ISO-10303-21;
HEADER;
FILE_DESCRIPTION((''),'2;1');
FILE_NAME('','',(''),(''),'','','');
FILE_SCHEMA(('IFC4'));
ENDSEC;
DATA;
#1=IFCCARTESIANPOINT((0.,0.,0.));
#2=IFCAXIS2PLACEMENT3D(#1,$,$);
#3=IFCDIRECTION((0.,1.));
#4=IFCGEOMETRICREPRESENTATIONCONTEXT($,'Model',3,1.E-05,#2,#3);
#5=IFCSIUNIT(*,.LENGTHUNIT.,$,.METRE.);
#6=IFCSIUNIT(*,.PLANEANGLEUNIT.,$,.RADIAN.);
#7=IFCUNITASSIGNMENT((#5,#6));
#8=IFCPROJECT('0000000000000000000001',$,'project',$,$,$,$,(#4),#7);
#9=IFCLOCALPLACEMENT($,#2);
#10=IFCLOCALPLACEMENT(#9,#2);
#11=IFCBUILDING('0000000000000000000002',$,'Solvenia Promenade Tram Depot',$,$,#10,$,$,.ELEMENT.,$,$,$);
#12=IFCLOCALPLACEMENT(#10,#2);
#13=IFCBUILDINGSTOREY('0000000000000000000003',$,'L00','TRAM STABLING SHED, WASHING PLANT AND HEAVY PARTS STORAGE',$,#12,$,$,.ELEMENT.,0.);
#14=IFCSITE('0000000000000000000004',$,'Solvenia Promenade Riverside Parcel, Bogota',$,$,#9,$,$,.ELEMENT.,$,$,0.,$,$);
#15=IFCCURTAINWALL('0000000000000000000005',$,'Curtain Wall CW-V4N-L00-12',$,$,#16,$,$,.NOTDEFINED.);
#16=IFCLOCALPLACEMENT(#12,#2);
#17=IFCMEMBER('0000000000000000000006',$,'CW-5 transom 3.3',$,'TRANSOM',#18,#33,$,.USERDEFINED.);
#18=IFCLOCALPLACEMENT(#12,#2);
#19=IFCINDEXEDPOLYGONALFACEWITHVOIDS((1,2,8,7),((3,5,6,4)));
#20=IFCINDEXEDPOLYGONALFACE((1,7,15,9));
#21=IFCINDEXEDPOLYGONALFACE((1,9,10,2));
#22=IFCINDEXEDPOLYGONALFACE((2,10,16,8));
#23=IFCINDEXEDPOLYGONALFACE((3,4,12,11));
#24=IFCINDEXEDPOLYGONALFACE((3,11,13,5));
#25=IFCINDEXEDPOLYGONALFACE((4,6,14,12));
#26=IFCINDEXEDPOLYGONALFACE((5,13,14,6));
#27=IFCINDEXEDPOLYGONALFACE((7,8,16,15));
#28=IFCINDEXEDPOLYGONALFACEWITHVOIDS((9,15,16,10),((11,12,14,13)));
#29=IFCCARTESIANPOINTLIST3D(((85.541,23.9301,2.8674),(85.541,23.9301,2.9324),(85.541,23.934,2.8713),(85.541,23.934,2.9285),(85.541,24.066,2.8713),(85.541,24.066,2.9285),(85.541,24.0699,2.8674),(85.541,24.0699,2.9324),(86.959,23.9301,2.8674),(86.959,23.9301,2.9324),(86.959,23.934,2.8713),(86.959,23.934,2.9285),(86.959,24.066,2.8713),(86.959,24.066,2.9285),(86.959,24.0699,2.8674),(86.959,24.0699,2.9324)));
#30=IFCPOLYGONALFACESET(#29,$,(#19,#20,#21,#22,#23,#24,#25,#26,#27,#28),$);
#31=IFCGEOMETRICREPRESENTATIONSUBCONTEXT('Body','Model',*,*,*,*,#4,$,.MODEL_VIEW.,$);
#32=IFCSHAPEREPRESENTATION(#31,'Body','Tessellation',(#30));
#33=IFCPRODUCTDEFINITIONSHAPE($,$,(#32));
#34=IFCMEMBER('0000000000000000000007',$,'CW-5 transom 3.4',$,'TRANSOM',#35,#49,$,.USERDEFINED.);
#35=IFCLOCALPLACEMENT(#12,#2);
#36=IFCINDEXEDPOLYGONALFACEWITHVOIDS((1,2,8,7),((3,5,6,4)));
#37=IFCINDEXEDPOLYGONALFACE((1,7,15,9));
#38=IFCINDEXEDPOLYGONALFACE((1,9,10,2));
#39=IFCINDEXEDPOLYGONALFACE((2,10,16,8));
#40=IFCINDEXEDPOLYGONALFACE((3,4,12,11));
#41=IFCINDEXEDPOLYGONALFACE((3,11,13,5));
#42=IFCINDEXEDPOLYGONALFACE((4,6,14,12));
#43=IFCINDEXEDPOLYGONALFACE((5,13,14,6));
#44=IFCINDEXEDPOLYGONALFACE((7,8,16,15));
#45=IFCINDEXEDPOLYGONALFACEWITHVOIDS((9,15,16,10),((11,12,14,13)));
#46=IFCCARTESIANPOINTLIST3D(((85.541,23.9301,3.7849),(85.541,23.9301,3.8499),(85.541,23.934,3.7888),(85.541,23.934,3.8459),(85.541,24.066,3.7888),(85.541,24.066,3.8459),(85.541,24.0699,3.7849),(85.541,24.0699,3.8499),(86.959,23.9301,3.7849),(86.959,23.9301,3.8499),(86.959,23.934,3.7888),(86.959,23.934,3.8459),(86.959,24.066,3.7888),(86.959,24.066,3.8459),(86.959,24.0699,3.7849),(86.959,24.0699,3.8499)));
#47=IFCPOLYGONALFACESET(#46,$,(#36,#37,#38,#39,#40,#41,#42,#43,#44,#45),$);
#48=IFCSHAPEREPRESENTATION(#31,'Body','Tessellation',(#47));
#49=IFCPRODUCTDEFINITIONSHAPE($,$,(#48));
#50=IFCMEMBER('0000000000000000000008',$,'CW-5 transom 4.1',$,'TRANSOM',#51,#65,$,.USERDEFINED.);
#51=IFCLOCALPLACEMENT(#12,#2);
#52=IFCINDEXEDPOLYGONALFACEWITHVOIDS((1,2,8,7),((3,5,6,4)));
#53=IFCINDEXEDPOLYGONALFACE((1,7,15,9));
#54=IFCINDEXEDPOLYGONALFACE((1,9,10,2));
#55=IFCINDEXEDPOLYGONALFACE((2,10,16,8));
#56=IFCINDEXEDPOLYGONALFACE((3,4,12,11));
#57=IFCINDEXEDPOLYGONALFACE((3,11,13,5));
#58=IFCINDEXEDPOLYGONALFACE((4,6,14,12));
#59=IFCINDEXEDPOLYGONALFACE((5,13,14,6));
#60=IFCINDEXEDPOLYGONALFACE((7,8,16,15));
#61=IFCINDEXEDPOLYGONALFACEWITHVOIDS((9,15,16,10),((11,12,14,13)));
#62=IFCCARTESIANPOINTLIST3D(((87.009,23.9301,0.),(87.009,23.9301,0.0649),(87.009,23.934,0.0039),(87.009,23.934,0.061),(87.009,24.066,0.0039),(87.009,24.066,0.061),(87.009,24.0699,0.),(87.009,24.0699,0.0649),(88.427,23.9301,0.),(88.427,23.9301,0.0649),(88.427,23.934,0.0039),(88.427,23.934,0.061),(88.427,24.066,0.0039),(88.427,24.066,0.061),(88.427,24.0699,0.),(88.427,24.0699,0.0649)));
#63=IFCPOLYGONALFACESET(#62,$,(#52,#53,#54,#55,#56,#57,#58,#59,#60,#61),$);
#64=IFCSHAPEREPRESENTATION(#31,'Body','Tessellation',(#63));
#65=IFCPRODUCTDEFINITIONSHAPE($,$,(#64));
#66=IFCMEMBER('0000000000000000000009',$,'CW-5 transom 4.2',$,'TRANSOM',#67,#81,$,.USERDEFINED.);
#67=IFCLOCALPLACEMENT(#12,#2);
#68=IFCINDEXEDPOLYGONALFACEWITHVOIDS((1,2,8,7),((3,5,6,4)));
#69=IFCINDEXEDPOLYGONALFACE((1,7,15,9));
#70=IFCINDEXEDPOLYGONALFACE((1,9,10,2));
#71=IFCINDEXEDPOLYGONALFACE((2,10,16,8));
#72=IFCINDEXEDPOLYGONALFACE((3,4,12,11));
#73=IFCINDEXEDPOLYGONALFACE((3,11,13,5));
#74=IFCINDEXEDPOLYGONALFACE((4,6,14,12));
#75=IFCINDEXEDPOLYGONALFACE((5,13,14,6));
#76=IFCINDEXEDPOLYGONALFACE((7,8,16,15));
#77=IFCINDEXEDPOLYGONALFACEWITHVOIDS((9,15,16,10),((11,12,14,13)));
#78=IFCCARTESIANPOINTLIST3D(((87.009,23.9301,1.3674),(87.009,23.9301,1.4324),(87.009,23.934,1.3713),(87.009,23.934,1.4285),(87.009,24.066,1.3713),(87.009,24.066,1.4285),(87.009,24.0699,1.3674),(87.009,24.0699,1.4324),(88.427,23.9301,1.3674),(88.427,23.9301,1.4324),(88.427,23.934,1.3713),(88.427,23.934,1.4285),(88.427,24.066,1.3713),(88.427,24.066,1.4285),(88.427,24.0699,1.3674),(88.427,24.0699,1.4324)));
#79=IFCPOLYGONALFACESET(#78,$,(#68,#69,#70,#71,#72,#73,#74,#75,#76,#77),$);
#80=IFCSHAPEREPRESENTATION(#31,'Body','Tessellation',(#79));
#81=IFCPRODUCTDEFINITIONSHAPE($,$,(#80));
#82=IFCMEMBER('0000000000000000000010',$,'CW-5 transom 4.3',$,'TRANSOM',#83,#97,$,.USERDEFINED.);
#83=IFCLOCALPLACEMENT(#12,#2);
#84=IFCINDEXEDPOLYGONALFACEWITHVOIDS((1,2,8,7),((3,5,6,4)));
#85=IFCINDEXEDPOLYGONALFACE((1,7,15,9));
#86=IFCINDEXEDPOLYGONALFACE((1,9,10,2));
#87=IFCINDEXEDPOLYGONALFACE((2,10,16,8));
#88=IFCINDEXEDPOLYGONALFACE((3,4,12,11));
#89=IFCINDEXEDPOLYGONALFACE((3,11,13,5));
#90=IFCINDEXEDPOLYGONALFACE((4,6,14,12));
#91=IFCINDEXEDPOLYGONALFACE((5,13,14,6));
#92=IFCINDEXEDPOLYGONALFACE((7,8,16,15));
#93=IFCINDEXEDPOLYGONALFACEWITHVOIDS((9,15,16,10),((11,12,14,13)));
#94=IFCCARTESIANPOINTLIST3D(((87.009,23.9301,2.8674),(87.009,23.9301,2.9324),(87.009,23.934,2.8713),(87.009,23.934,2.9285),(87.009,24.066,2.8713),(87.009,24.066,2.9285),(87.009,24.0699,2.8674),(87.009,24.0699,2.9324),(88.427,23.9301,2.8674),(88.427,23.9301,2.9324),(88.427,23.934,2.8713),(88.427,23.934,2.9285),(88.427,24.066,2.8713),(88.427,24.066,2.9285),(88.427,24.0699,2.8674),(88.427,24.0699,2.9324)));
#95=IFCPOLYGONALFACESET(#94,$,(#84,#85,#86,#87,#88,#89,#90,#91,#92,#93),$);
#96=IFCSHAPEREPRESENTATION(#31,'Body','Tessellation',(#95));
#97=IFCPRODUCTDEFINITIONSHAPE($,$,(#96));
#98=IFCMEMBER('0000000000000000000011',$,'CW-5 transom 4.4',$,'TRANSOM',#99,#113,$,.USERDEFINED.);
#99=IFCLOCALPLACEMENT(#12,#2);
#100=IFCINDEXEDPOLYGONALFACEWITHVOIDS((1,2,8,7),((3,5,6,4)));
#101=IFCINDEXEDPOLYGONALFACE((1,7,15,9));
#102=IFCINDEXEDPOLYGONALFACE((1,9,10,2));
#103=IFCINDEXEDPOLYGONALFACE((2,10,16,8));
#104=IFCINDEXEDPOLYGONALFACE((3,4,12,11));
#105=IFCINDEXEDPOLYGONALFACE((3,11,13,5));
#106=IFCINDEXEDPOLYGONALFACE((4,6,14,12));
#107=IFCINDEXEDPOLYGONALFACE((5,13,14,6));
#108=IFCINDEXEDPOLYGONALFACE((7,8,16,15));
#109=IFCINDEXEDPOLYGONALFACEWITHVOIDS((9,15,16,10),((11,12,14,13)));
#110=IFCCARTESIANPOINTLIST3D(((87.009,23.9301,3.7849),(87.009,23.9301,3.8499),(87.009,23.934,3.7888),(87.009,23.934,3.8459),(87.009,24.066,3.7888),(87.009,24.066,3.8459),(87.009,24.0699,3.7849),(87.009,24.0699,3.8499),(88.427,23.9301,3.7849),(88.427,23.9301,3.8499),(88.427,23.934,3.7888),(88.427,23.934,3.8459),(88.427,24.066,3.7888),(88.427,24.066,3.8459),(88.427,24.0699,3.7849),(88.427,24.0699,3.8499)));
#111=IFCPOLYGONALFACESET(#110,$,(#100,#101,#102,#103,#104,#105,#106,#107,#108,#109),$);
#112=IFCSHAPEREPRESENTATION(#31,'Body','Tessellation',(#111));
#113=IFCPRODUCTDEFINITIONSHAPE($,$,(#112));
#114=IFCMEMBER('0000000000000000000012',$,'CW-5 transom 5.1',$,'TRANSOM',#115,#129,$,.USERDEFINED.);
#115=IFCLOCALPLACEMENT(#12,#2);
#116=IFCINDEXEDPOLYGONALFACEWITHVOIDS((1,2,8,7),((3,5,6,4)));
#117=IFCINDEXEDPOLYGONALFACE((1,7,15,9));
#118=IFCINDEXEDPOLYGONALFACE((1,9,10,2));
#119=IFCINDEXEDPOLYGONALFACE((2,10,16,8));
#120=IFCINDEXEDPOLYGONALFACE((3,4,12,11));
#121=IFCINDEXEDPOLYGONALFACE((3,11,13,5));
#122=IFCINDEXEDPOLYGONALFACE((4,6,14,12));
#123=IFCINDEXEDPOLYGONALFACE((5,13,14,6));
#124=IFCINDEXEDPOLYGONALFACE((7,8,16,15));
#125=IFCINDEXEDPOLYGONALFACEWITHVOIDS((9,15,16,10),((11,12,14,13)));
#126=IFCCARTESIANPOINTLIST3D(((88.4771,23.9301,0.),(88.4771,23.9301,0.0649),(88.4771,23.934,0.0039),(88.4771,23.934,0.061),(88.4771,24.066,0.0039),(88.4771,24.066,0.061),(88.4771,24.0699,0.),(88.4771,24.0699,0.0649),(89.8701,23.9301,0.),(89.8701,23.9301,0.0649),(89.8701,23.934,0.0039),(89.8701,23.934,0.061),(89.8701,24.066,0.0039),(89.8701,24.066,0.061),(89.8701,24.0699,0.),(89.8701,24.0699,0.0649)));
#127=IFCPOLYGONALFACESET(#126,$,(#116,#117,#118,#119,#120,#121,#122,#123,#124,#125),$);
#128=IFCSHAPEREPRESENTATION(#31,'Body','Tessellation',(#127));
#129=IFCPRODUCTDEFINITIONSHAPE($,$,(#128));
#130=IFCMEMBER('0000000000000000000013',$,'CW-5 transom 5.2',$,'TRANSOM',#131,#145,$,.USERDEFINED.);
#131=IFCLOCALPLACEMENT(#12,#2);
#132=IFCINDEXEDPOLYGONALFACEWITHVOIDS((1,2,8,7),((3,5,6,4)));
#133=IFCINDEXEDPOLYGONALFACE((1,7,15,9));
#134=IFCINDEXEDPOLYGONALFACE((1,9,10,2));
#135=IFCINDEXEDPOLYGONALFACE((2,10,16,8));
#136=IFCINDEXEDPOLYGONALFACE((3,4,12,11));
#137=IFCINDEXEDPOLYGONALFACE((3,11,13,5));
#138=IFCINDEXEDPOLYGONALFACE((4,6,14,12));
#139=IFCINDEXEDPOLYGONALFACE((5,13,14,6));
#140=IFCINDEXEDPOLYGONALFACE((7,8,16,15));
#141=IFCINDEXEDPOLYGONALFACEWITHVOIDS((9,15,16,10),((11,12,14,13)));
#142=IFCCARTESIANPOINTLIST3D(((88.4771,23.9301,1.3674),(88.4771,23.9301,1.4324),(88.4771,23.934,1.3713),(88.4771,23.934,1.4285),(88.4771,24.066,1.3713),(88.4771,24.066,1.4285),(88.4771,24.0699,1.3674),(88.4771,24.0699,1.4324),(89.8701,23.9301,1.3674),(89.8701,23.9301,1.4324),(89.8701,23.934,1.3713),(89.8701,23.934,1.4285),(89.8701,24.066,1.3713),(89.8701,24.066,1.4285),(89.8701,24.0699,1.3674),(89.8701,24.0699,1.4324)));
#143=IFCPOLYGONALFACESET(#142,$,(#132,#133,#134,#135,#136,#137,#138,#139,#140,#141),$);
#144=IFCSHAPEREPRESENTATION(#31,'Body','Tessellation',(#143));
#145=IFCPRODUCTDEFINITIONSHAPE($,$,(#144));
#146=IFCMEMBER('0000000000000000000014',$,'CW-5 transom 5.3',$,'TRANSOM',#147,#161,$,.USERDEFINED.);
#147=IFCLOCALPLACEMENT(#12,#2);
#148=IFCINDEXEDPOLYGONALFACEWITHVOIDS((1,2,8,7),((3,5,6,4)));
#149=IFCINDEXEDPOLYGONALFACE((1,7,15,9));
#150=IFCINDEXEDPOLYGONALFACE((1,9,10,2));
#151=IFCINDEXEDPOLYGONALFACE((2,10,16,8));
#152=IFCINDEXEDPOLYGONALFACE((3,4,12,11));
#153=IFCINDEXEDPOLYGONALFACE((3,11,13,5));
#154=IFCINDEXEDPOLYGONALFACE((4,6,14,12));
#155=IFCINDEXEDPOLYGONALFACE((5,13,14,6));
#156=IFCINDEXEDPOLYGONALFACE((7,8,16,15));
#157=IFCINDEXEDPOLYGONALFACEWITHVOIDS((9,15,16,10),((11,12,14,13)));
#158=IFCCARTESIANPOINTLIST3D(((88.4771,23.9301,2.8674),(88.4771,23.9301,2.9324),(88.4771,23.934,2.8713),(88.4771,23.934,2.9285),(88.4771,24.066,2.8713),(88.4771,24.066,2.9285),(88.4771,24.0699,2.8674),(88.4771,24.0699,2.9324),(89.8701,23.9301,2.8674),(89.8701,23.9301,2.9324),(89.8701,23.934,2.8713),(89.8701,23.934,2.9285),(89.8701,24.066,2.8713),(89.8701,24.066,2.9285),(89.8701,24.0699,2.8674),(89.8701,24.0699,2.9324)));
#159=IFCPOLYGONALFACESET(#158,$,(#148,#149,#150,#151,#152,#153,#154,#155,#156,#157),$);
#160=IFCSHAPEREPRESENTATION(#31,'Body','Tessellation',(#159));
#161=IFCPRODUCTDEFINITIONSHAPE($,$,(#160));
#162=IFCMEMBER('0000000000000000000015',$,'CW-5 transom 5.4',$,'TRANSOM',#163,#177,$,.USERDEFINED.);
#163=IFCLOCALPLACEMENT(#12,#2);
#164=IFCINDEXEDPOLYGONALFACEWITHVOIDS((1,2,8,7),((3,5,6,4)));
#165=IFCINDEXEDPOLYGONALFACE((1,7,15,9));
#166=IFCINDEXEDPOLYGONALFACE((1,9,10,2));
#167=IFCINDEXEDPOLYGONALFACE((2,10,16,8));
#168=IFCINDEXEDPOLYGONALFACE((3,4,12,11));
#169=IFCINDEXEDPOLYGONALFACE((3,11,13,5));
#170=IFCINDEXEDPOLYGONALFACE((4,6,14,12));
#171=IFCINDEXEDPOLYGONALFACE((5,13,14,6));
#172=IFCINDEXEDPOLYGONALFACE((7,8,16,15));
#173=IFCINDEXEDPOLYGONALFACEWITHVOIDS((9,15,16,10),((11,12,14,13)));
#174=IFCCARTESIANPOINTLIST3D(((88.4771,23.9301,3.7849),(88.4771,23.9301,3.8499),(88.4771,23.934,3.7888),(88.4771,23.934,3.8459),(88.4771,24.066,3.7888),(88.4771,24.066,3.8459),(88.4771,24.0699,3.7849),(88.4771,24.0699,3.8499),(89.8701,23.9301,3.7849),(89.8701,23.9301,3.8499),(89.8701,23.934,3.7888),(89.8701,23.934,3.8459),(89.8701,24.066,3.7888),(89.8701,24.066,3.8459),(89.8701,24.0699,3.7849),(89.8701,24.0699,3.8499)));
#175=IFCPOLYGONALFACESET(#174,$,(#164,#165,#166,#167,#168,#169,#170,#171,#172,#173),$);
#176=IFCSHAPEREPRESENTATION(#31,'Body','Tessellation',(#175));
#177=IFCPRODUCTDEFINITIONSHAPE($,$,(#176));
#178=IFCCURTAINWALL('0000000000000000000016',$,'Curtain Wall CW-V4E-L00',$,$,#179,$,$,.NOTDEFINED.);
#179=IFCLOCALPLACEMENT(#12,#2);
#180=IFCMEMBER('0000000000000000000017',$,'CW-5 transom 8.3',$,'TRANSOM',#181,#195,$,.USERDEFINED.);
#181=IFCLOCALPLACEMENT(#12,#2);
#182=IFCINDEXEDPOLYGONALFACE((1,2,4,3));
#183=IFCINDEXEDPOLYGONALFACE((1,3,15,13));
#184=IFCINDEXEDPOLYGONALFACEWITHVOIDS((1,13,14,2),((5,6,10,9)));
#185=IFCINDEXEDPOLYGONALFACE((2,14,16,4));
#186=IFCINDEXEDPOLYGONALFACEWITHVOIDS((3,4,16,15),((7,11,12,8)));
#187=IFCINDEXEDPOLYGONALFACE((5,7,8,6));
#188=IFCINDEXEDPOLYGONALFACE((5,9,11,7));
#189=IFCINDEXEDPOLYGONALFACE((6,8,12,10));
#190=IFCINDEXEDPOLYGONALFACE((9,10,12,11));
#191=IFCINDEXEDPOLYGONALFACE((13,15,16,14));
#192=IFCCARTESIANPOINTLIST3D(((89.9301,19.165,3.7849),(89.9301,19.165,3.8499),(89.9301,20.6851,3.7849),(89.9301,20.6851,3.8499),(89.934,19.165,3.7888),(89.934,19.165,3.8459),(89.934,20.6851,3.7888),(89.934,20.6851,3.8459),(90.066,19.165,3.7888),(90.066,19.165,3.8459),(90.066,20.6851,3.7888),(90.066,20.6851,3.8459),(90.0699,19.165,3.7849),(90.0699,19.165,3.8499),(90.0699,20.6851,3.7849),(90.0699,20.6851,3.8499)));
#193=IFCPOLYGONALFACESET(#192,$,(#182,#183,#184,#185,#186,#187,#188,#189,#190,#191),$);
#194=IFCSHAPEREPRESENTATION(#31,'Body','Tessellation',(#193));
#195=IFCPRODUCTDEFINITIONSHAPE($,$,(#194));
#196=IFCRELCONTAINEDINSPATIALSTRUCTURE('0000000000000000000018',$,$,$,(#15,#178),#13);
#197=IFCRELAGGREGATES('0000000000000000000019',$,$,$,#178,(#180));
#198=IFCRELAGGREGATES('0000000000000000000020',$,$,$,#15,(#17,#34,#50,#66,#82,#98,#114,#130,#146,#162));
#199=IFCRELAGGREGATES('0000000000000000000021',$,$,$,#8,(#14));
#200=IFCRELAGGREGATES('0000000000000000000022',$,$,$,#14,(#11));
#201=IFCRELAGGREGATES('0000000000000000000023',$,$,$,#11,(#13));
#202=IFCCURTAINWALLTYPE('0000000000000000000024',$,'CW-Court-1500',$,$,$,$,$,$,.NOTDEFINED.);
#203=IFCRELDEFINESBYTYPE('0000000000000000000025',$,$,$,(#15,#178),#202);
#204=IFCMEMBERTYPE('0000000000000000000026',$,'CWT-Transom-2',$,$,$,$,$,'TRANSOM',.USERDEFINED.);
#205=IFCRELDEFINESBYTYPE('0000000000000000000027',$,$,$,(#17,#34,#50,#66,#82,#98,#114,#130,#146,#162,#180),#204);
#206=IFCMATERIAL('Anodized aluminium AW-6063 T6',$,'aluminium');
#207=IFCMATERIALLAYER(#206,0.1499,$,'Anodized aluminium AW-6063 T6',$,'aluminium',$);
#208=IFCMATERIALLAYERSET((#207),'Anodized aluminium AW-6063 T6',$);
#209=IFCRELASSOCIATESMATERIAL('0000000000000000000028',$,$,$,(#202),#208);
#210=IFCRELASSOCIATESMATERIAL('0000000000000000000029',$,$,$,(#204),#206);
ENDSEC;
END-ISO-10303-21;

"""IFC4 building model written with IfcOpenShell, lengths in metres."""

from ifc_helpers import new_model, si_unit, direction, frame, origin, origin_2d, place, context, subcontext, project, spatial, hollow_rectangle, extrude, material, layer, layer_set, material_profile, profile_set, type_object, element, aggregate, save


model = new_model("IFC4")

# Units and contexts
model_context = context("Model", 3, precision=1e-05, world=origin(), true_north=direction((0.0, 1.0)))
body_context = subcontext(model_context, "Body", "Model", "MODEL_VIEW")
ifc_project = project(units=[si_unit("LENGTHUNIT", "METRE"), si_unit("PLANEANGLEUNIT", "RADIAN")], contexts=[model_context])

# Site, building, storey
site_placement = place(None, origin())
site = spatial("IfcSite", under=ifc_project, at=site_placement, Name="Solvenia Promenade Riverside Parcel, Bogota", CompositionType="ELEMENT", RefElevation=0.0)
building_placement = place(site_placement, origin())
building = spatial("IfcBuilding", under=site, at=building_placement, Name="Solvenia Promenade Tram Depot", CompositionType="ELEMENT")
storey_placement = place(building_placement, origin())
storey = spatial("IfcBuildingStorey", under=building, at=storey_placement, Name="L00", Description="TRAM STABLING SHED, WASHING PLANT AND HEAVY PARTS STORAGE", CompositionType="ELEMENT", Elevation=0.0)

# Curtain wall, members
ifc_material_1 = material(Name="Anodized aluminium AW-6063 T6", Category="aluminium")
ifc_layer_1 = layer(ifc_material_1, 0.1499, Name="Anodized aluminium AW-6063 T6", Category="aluminium")
ifc_layer_set_1 = layer_set([ifc_layer_1], Name="Anodized aluminium AW-6063 T6")
curtain_wall_type = type_object("IfcCurtainWallType", Name="CW-Court-1500", PredefinedType="NOTDEFINED", material=ifc_layer_set_1)
curtain_wall_1_placement = place(storey_placement, origin())
curtain_wall_1 = element("IfcCurtainWall", 1, at=curtain_wall_1_placement, inside=storey, type_object=curtain_wall_type, Name="Curtain Wall CW-V4N-L00-12", PredefinedType="NOTDEFINED")
ifc_material_profile_1 = material_profile(ifc_material_1, hollow_rectangle(XDim=0.1399, YDim=0.0649, WallThickness=0.0039, at=origin_2d()), Name="ALU-T2", Category="aluminium")
ifc_profile_set_1 = profile_set([ifc_material_profile_1], Name="Anodized aluminium AW-6063 T6")
member_type_1 = type_object("IfcMemberType", Name="CWT-Transom-2", ElementType="TRANSOM", PredefinedType="USERDEFINED", material=ifc_profile_set_1)
member_1_placement = place(storey_placement, frame((85.541, 24.0, 2.8999), z_axis=(1.0, 0.0, 0.0), x_axis=(0.0, 1.0, 0.0)))
member_1 = element("IfcMember", 2, at=member_1_placement, type_object=member_type_1, Name="CW-5 transom 3.3", ObjectType="TRANSOM", PredefinedType="USERDEFINED", context=body_context, shape_type="SweptSolid", body=[
    extrude(hollow_rectangle(XDim=0.1399, YDim=0.0649, WallThickness=0.0039, at=origin_2d()), origin(), (0.0, 0.0, 1.0), 1.418),
])
member_2_placement = place(storey_placement, frame((85.541, 24.0, 3.8174), z_axis=(1.0, 0.0, 0.0), x_axis=(0.0, 1.0, 0.0)))
member_2 = element("IfcMember", 3, at=member_2_placement, type_object=member_type_1, Name="CW-5 transom 3.4", ObjectType="TRANSOM", PredefinedType="USERDEFINED", context=body_context, shape_type="SweptSolid", body=[
    extrude(hollow_rectangle(XDim=0.1399, YDim=0.0649, WallThickness=0.0039, at=origin_2d()), origin(), (0.0, 0.0, 1.0), 1.418),
])
member_3_placement = place(storey_placement, frame((87.009, 24.0, 0.0325), z_axis=(1.0, 0.0, 0.0), x_axis=(0.0, 1.0, 0.0)))
member_3 = element("IfcMember", 4, at=member_3_placement, type_object=member_type_1, Name="CW-5 transom 4.1", ObjectType="TRANSOM", PredefinedType="USERDEFINED", context=body_context, shape_type="SweptSolid", body=[
    extrude(hollow_rectangle(XDim=0.1399, YDim=0.0649, WallThickness=0.0039, at=origin_2d()), origin(), (0.0, 0.0, 1.0), 1.418),
])
member_4_placement = place(storey_placement, frame((87.009, 24.0, 1.3999), z_axis=(1.0, 0.0, 0.0), x_axis=(0.0, 1.0, 0.0)))
member_4 = element("IfcMember", 5, at=member_4_placement, type_object=member_type_1, Name="CW-5 transom 4.2", ObjectType="TRANSOM", PredefinedType="USERDEFINED", context=body_context, shape_type="SweptSolid", body=[
    extrude(hollow_rectangle(XDim=0.1399, YDim=0.0649, WallThickness=0.0039, at=origin_2d()), origin(), (0.0, 0.0, 1.0), 1.418),
])
member_5_placement = place(storey_placement, frame((87.009, 24.0, 2.8999), z_axis=(1.0, 0.0, 0.0), x_axis=(0.0, 1.0, 0.0)))
member_5 = element("IfcMember", 6, at=member_5_placement, type_object=member_type_1, Name="CW-5 transom 4.3", ObjectType="TRANSOM", PredefinedType="USERDEFINED", context=body_context, shape_type="SweptSolid", body=[
    extrude(hollow_rectangle(XDim=0.1399, YDim=0.0649, WallThickness=0.0039, at=origin_2d()), origin(), (0.0, 0.0, 1.0), 1.418),
])
member_6_placement = place(storey_placement, frame((87.009, 24.0, 3.8174), z_axis=(1.0, 0.0, 0.0), x_axis=(0.0, 1.0, 0.0)))
member_6 = element("IfcMember", 7, at=member_6_placement, type_object=member_type_1, Name="CW-5 transom 4.4", ObjectType="TRANSOM", PredefinedType="USERDEFINED", context=body_context, shape_type="SweptSolid", body=[
    extrude(hollow_rectangle(XDim=0.1399, YDim=0.0649, WallThickness=0.0039, at=origin_2d()), origin(), (0.0, 0.0, 1.0), 1.418),
])
member_7_placement = place(storey_placement, frame((88.4771, 24.0, 0.0325), z_axis=(1.0, 0.0, 0.0), x_axis=(0.0, 1.0, 0.0)))
member_7 = element("IfcMember", 8, at=member_7_placement, type_object=member_type_1, Name="CW-5 transom 5.1", ObjectType="TRANSOM", PredefinedType="USERDEFINED", context=body_context, shape_type="SweptSolid", body=[
    extrude(hollow_rectangle(XDim=0.1399, YDim=0.0649, WallThickness=0.0039, at=origin_2d()), origin(), (0.0, 0.0, 1.0), 1.3931),
])
member_8_placement = place(storey_placement, frame((88.4771, 24.0, 1.3999), z_axis=(1.0, 0.0, 0.0), x_axis=(0.0, 1.0, 0.0)))
member_8 = element("IfcMember", 9, at=member_8_placement, type_object=member_type_1, Name="CW-5 transom 5.2", ObjectType="TRANSOM", PredefinedType="USERDEFINED", context=body_context, shape_type="SweptSolid", body=[
    extrude(hollow_rectangle(XDim=0.1399, YDim=0.0649, WallThickness=0.0039, at=origin_2d()), origin(), (0.0, 0.0, 1.0), 1.3931),
])
member_9_placement = place(storey_placement, frame((88.4771, 24.0, 2.8999), z_axis=(1.0, 0.0, 0.0), x_axis=(0.0, 1.0, 0.0)))
member_9 = element("IfcMember", 10, at=member_9_placement, type_object=member_type_1, Name="CW-5 transom 5.3", ObjectType="TRANSOM", PredefinedType="USERDEFINED", context=body_context, shape_type="SweptSolid", body=[
    extrude(hollow_rectangle(XDim=0.1399, YDim=0.0649, WallThickness=0.0039, at=origin_2d()), origin(), (0.0, 0.0, 1.0), 1.3931),
])
member_10_placement = place(storey_placement, frame((88.4771, 24.0, 3.8174), z_axis=(1.0, 0.0, 0.0), x_axis=(0.0, 1.0, 0.0)))
member_10 = element("IfcMember", 11, at=member_10_placement, type_object=member_type_1, Name="CW-5 transom 5.4", ObjectType="TRANSOM", PredefinedType="USERDEFINED", context=body_context, shape_type="SweptSolid", body=[
    extrude(hollow_rectangle(XDim=0.1399, YDim=0.0649, WallThickness=0.0039, at=origin_2d()), origin(), (0.0, 0.0, 1.0), 1.3931),
])

# Curtain wall, member
curtain_wall_2_placement = place(storey_placement, origin())
curtain_wall_2 = element("IfcCurtainWall", 12, at=curtain_wall_2_placement, inside=storey, type_object=curtain_wall_type, Name="Curtain Wall CW-V4E-L00", PredefinedType="NOTDEFINED")
member_11_placement = place(storey_placement, frame((90.0, 19.165, 3.8174), z_axis=(0.0, 1.0, 0.0), x_axis=(-1.0, 0.0, 0.0)))
member_11 = element("IfcMember", 13, at=member_11_placement, type_object=member_type_1, Name="CW-5 transom 8.3", ObjectType="TRANSOM", PredefinedType="USERDEFINED", context=body_context, shape_type="SweptSolid", body=[
    extrude(hollow_rectangle(XDim=0.1399, YDim=0.0649, WallThickness=0.0039, at=origin_2d()), origin(), (0.0, 0.0, 1.0), 1.52),
])
aggregate(curtain_wall_2, [member_11])

aggregate(curtain_wall_1, [member_1, member_2, member_3, member_4, member_5, member_6, member_7, member_8, member_9, member_10])

save(model, "model.ifc")
